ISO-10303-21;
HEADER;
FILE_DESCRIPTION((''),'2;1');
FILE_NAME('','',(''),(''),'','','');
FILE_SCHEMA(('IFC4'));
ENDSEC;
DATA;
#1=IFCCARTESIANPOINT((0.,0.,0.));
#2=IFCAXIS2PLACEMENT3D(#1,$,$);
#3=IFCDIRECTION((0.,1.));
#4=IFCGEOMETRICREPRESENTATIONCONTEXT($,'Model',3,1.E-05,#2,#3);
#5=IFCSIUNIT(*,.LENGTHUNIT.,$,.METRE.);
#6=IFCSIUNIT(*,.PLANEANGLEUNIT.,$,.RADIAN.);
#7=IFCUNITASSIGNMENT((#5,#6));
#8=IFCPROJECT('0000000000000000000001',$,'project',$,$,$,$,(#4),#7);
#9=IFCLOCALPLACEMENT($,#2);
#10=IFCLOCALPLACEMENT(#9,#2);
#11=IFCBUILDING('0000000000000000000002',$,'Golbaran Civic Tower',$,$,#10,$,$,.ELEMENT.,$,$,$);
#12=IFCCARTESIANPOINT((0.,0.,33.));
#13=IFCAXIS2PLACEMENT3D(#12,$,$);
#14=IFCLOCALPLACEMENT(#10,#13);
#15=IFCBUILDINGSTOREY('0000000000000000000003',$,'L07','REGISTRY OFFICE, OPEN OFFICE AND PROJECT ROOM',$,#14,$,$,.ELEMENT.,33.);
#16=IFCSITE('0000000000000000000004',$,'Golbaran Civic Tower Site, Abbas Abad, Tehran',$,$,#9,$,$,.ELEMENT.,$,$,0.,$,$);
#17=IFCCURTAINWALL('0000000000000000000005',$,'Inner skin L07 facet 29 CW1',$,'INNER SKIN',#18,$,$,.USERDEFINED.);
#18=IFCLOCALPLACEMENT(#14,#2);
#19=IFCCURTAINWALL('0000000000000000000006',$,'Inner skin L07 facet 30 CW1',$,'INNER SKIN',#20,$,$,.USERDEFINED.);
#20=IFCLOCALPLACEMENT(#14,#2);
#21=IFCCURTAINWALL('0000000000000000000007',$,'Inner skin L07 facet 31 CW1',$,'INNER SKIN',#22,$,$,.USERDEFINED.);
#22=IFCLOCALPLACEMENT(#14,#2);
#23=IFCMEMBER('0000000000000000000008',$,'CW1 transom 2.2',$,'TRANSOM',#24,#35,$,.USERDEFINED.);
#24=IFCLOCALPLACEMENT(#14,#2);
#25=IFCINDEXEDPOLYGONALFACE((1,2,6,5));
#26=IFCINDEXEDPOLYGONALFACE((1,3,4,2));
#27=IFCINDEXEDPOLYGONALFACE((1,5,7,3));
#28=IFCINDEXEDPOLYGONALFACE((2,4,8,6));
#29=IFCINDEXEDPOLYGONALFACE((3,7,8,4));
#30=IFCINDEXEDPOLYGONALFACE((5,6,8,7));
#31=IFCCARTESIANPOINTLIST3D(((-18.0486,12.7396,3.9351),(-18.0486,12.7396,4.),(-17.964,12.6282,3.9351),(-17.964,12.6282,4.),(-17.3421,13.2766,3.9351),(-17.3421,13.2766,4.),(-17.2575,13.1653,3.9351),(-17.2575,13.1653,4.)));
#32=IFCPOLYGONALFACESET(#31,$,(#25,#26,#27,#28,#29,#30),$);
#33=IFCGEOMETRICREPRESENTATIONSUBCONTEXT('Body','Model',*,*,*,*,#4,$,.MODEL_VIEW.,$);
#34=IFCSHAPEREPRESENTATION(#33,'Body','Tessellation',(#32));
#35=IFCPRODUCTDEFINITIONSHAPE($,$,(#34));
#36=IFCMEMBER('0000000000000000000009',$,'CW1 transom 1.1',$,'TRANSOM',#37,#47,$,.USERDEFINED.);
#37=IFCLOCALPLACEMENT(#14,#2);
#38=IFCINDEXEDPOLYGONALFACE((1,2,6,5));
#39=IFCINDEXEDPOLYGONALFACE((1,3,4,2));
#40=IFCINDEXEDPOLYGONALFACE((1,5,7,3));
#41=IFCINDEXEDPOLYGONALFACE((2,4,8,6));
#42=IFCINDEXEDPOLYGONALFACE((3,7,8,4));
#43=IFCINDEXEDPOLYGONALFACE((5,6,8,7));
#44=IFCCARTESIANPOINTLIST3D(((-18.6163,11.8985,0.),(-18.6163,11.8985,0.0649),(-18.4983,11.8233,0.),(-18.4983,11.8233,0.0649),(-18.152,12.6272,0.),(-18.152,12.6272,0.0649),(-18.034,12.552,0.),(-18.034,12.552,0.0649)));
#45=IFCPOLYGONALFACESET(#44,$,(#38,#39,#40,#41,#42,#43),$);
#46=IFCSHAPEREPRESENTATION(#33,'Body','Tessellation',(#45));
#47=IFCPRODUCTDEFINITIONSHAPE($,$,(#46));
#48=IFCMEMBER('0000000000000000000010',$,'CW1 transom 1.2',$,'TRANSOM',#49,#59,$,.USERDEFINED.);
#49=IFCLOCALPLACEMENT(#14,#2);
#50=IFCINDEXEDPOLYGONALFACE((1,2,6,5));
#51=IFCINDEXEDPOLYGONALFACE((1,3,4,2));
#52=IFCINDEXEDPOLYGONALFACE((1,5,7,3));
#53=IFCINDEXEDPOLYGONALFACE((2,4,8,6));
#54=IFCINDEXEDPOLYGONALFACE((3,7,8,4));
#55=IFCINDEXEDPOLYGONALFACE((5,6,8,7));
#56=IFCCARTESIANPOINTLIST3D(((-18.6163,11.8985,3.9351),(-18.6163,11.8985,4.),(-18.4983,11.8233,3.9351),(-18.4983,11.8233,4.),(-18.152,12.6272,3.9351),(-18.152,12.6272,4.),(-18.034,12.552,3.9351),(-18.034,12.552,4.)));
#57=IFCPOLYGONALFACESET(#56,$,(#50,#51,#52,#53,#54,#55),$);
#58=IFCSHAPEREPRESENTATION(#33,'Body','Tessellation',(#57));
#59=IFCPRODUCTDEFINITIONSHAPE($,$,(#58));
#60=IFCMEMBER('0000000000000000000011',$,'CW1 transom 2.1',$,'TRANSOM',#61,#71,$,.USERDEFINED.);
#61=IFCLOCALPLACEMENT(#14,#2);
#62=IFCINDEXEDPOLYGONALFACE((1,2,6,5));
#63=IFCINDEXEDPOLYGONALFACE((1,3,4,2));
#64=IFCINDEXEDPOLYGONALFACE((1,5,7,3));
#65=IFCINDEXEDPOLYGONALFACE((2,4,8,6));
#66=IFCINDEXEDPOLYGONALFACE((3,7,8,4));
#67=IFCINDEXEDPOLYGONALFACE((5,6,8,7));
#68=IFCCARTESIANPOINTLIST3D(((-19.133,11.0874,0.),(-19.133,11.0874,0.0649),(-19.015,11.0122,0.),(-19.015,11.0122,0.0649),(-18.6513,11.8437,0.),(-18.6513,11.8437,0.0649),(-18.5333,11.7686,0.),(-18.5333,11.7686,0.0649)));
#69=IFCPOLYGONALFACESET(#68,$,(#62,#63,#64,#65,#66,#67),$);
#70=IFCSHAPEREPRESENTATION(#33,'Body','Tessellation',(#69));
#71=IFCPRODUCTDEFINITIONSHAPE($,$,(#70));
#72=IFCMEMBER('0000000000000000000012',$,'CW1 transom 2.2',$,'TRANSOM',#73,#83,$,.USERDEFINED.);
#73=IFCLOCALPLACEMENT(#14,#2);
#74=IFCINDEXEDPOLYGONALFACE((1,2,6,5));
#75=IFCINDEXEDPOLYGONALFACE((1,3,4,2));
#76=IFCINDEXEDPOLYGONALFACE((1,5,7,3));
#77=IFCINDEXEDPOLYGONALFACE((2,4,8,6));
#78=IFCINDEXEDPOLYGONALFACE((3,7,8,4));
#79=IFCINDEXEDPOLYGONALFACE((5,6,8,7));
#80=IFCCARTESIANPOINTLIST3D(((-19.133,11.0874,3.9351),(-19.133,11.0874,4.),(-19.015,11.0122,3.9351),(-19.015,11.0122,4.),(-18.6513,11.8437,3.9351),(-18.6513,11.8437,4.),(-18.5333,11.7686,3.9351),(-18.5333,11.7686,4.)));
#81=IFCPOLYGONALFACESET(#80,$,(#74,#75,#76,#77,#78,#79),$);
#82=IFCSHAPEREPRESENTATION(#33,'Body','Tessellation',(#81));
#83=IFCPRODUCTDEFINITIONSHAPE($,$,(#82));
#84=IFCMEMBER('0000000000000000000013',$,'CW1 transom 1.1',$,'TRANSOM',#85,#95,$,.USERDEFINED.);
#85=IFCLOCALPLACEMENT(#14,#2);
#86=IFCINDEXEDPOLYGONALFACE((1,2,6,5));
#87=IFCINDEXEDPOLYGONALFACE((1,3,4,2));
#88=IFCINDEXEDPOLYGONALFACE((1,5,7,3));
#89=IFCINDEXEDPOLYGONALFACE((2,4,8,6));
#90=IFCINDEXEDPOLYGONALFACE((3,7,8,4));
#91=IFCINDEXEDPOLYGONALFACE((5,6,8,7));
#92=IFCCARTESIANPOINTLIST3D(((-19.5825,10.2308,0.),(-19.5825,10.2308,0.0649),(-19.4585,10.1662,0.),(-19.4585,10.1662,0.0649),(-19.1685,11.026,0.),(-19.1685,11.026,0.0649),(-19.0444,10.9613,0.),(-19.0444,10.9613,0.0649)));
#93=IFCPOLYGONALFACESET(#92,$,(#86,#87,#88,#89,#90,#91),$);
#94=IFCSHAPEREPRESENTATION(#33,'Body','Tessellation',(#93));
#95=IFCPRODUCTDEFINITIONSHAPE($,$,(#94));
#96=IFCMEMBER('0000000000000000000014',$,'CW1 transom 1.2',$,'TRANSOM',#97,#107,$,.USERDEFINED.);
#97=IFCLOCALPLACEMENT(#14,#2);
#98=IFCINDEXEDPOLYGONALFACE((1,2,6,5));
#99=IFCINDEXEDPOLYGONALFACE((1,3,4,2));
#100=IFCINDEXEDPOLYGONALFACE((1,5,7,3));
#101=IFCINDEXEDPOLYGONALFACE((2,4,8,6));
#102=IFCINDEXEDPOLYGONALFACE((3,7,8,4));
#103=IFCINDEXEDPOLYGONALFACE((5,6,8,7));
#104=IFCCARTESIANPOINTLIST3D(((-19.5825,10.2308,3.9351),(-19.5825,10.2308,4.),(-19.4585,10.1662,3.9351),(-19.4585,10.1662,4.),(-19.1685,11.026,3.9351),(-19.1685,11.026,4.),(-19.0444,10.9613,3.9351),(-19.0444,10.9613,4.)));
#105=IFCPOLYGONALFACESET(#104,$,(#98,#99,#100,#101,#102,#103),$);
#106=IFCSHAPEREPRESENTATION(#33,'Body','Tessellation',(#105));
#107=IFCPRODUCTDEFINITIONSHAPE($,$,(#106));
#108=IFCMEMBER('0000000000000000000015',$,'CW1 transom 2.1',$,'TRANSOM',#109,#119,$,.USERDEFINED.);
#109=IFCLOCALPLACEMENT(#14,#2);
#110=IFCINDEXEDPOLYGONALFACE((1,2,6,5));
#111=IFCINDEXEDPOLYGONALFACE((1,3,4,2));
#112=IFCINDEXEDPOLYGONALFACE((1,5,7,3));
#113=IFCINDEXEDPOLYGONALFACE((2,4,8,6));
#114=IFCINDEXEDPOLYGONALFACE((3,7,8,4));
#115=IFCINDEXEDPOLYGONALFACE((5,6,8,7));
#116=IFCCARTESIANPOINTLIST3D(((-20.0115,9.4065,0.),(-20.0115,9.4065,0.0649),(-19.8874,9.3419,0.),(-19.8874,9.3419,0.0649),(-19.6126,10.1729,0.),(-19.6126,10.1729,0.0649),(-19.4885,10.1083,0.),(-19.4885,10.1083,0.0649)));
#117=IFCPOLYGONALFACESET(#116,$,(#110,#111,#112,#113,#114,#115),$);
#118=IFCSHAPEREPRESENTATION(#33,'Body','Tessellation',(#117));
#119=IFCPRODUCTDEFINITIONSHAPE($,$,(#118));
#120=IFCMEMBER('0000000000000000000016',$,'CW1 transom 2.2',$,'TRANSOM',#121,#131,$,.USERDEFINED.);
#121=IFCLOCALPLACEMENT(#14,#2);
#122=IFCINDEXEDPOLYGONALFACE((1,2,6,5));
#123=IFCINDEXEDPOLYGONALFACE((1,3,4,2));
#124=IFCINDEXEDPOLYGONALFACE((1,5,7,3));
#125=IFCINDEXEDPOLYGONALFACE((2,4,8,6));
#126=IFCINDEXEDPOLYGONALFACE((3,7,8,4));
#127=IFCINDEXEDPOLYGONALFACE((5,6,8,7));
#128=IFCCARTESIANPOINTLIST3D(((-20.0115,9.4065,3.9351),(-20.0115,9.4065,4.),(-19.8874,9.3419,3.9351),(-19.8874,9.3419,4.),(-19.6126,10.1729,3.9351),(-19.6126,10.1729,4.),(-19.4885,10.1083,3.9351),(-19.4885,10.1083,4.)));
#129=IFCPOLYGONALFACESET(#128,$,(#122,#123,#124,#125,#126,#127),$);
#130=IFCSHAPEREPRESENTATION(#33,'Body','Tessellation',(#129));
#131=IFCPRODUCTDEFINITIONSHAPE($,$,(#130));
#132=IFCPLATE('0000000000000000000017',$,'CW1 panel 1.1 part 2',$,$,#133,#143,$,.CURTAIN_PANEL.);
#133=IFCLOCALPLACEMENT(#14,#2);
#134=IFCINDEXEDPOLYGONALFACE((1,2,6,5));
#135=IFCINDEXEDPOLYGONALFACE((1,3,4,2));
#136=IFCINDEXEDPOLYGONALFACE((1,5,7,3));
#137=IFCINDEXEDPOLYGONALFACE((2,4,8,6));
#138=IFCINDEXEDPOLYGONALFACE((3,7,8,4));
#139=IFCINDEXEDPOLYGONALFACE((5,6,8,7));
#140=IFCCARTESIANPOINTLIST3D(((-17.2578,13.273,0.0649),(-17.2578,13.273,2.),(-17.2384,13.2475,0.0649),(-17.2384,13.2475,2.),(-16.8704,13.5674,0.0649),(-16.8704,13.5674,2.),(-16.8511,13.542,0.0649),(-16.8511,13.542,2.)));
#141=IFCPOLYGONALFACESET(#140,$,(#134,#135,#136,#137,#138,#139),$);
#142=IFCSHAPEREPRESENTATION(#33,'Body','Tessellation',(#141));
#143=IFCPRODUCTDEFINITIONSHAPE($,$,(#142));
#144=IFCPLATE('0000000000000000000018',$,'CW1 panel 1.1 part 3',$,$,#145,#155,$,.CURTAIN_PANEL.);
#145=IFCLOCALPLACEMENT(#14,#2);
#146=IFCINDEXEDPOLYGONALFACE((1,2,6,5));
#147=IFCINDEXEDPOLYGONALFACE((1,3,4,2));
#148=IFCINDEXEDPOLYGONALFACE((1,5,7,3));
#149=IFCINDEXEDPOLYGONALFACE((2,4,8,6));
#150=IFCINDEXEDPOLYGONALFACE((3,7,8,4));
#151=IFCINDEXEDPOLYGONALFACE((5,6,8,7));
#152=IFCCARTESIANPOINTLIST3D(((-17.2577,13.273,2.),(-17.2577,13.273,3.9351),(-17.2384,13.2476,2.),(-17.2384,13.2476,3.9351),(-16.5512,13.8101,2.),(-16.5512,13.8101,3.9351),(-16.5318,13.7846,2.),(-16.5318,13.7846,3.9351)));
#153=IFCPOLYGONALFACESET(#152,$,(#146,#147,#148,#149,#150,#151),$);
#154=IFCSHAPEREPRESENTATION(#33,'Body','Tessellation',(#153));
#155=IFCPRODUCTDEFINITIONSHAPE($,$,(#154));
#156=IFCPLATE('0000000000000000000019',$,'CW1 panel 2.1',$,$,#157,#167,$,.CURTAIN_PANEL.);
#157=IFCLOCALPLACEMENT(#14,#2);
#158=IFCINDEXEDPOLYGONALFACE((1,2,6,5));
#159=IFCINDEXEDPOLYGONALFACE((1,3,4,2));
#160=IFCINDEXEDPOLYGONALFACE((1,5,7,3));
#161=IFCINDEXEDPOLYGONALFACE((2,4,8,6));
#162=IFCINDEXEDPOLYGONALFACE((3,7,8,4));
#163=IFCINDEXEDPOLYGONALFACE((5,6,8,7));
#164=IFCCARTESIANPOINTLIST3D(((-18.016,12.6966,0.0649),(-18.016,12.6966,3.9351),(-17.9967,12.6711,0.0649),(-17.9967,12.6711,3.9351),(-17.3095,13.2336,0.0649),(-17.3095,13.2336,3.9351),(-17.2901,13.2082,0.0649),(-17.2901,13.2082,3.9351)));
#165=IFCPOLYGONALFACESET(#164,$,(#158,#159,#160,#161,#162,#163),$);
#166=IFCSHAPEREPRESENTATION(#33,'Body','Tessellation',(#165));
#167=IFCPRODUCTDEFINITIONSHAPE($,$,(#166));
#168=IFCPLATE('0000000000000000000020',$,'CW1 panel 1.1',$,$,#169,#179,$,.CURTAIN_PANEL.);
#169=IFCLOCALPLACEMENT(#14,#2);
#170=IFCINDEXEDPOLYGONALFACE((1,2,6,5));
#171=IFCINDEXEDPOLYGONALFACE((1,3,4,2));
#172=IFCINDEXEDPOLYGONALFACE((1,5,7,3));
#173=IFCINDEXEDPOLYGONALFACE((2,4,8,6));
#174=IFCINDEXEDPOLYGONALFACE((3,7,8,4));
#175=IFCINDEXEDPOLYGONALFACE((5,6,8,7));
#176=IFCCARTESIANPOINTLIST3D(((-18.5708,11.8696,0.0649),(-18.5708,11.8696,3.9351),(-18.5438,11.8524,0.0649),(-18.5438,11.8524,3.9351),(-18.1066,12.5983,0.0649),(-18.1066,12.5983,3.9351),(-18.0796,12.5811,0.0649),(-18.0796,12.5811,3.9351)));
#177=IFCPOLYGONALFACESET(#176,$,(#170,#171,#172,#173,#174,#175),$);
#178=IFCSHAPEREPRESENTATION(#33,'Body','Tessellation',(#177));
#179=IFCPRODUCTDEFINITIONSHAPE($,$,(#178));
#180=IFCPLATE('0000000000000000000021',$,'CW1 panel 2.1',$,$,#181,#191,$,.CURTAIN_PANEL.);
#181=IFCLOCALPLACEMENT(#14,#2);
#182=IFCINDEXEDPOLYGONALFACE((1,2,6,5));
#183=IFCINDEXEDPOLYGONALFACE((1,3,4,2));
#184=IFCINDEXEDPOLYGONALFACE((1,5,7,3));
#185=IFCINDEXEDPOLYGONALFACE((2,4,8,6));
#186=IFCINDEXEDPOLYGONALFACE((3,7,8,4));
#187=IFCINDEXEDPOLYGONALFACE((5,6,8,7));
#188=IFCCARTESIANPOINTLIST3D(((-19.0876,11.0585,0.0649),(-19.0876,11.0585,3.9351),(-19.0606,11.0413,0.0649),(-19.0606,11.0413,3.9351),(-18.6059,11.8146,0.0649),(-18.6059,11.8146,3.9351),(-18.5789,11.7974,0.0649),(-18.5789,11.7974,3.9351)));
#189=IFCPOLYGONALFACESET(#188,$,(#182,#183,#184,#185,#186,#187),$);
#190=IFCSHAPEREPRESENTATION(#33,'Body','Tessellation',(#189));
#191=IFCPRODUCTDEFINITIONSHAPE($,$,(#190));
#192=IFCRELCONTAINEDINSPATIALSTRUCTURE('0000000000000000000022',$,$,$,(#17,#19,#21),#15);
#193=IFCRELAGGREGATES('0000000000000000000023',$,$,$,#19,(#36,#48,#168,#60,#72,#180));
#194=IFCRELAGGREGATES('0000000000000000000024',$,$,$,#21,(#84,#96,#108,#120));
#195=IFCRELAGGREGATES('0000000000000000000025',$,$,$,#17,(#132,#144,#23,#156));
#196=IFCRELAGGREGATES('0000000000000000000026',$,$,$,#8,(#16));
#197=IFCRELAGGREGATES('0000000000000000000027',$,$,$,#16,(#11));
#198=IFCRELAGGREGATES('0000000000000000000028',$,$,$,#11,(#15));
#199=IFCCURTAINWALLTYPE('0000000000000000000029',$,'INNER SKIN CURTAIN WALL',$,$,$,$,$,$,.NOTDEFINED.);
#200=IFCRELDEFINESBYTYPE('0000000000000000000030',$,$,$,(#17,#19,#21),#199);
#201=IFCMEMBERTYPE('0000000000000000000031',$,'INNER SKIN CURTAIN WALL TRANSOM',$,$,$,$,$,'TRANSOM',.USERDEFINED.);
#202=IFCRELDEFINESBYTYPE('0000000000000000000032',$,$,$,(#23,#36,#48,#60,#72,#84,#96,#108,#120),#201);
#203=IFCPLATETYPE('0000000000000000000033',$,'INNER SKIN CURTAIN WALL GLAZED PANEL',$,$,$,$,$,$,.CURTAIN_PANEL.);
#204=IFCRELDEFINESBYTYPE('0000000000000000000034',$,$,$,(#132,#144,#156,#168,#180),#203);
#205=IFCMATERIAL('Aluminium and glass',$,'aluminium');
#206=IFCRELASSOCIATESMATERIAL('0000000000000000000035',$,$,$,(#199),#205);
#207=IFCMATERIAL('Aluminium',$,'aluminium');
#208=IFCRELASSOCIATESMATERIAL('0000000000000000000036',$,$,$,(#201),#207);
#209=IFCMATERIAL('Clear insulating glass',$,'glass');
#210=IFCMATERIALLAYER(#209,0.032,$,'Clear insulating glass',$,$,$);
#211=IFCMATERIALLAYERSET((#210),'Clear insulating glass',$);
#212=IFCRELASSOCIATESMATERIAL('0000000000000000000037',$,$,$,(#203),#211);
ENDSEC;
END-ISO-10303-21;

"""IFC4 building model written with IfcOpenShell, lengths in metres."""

from ifc_helpers import new_model, si_unit, direction, frame, origin, origin_2d, place, context, subcontext, project, spatial, rectangle, extrude, material, layer, layer_set, material_profile, profile_set, type_object, element, aggregate, save


model = new_model("IFC4")

# Units and contexts
model_context = context("Model", 3, precision=1e-05, world=origin(), true_north=direction((0.0, 1.0)))
body_context = subcontext(model_context, "Body", "Model", "MODEL_VIEW")
ifc_project = project(units=[si_unit("LENGTHUNIT", "METRE"), si_unit("PLANEANGLEUNIT", "RADIAN")], contexts=[model_context])

# Site, building, storey
site_placement = place(None, origin())
site = spatial("IfcSite", under=ifc_project, at=site_placement, Name="Golbaran Civic Tower Site, Abbas Abad, Tehran", CompositionType="ELEMENT", RefElevation=0.0)
building_placement = place(site_placement, origin())
building = spatial("IfcBuilding", under=site, at=building_placement, Name="Golbaran Civic Tower", CompositionType="ELEMENT")
storey_placement = place(building_placement, frame((0.0, 0.0, 33.0)))
storey = spatial("IfcBuildingStorey", under=building, at=storey_placement, Name="L07", Description="REGISTRY OFFICE, OPEN OFFICE AND PROJECT ROOM", CompositionType="ELEMENT", Elevation=33.0)

# Curtain walls
ifc_material_1 = material(Name="Aluminium and glass", Category="aluminium")
curtain_wall_type = type_object("IfcCurtainWallType", Name="INNER SKIN CURTAIN WALL", PredefinedType="NOTDEFINED", material=ifc_material_1)
curtain_wall_1_placement = place(storey_placement, origin())
curtain_wall_1 = element("IfcCurtainWall", 1, at=curtain_wall_1_placement, inside=storey, type_object=curtain_wall_type, Name="Inner skin L07 facet 29 CW1", ObjectType="INNER SKIN", PredefinedType="USERDEFINED")
ifc_material_2 = material(Name="Aluminium", Category="aluminium")
curtain_wall_2_placement = place(storey_placement, origin())
curtain_wall_2 = element("IfcCurtainWall", 2, at=curtain_wall_2_placement, inside=storey, type_object=curtain_wall_type, Name="Inner skin L07 facet 30 CW1", ObjectType="INNER SKIN", PredefinedType="USERDEFINED")
curtain_wall_3_placement = place(storey_placement, origin())
curtain_wall_3 = element("IfcCurtainWall", 3, at=curtain_wall_3_placement, inside=storey, type_object=curtain_wall_type, Name="Inner skin L07 facet 31 CW1", ObjectType="INNER SKIN", PredefinedType="USERDEFINED")

# Members
ifc_material_profile_1 = material_profile(ifc_material_2, rectangle(XDim=0.1399, YDim=0.0649, at=origin_2d()), Name="INNER SKIN CURTAIN WALL TRANSOM")
ifc_profile_set_1 = profile_set([ifc_material_profile_1], Name="Aluminium")
member_type_1 = type_object("IfcMemberType", Name="INNER SKIN CURTAIN WALL TRANSOM", ElementType="TRANSOM", PredefinedType="USERDEFINED", material=ifc_profile_set_1)
member_1_placement = place(storey_placement, frame((-17.2998, 13.2209, 3.9675), z_axis=(-0.796088, -0.605181, 0.0), x_axis=(0.605181, -0.796088, 0.0)))
member_1 = element("IfcMember", 4, at=member_1_placement, type_object=member_type_1, Name="CW1 transom 2.2", ObjectType="TRANSOM", PredefinedType="USERDEFINED", context=body_context, shape_type="SweptSolid", body=[
    extrude(rectangle(XDim=0.1399, YDim=0.0649, at=origin_2d()), origin(), (0.0, 0.0, 1.0), 0.8875),
])
member_2_placement = place(storey_placement, frame((-18.093, 12.5896, 0.0325), z_axis=(-0.537369, -0.843347, 0.0), x_axis=(0.843347, -0.537369, 0.0)))
member_2 = element("IfcMember", 5, at=member_2_placement, type_object=member_type_1, Name="CW1 transom 1.1", ObjectType="TRANSOM", PredefinedType="USERDEFINED", context=body_context, shape_type="SweptSolid", body=[
    extrude(rectangle(XDim=0.1399, YDim=0.0649, at=origin_2d()), origin(), (0.0, 0.0, 1.0), 0.864),
])
member_3_placement = place(storey_placement, frame((-18.093, 12.5896, 3.9675), z_axis=(-0.537369, -0.843347, 0.0), x_axis=(0.843347, -0.537369, 0.0)))
member_3 = element("IfcMember", 6, at=member_3_placement, type_object=member_type_1, Name="CW1 transom 1.2", ObjectType="TRANSOM", PredefinedType="USERDEFINED", context=body_context, shape_type="SweptSolid", body=[
    extrude(rectangle(XDim=0.1399, YDim=0.0649, at=origin_2d()), origin(), (0.0, 0.0, 1.0), 0.864),
])
member_4_placement = place(storey_placement, frame((-18.5923, 11.8062, 0.0325), z_axis=(-0.537175, -0.843471, 0.0), x_axis=(0.843471, -0.537175, 0.0)))
member_4 = element("IfcMember", 7, at=member_4_placement, type_object=member_type_1, Name="CW1 transom 2.1", ObjectType="TRANSOM", PredefinedType="USERDEFINED", context=body_context, shape_type="SweptSolid", body=[
    extrude(rectangle(XDim=0.1399, YDim=0.0649, at=origin_2d()), origin(), (0.0, 0.0, 1.0), 0.8967),
])
member_5_placement = place(storey_placement, frame((-18.5923, 11.8062, 3.9675), z_axis=(-0.537175, -0.843471, 0.0), x_axis=(0.843471, -0.537175, 0.0)))
member_5 = element("IfcMember", 8, at=member_5_placement, type_object=member_type_1, Name="CW1 transom 2.2", ObjectType="TRANSOM", PredefinedType="USERDEFINED", context=body_context, shape_type="SweptSolid", body=[
    extrude(rectangle(XDim=0.1399, YDim=0.0649, at=origin_2d()), origin(), (0.0, 0.0, 1.0), 0.8967),
])
member_6_placement = place(storey_placement, frame((-19.1064, 10.9937, 0.0325), z_axis=(-0.461859, -0.886954, 0.0), x_axis=(0.886954, -0.461859, 0.0)))
member_6 = element("IfcMember", 9, at=member_6_placement, type_object=member_type_1, Name="CW1 transom 1.1", ObjectType="TRANSOM", PredefinedType="USERDEFINED", context=body_context, shape_type="SweptSolid", body=[
    extrude(rectangle(XDim=0.1399, YDim=0.0649, at=origin_2d()), origin(), (0.0, 0.0, 1.0), 0.8965),
])
member_7_placement = place(storey_placement, frame((-19.1064, 10.9937, 3.9675), z_axis=(-0.461859, -0.886954, 0.0), x_axis=(0.886954, -0.461859, 0.0)))
member_7 = element("IfcMember", 10, at=member_7_placement, type_object=member_type_1, Name="CW1 transom 1.2", ObjectType="TRANSOM", PredefinedType="USERDEFINED", context=body_context, shape_type="SweptSolid", body=[
    extrude(rectangle(XDim=0.1399, YDim=0.0649, at=origin_2d()), origin(), (0.0, 0.0, 1.0), 0.8965),
])
member_8_placement = place(storey_placement, frame((-19.5505, 10.1406, 0.0325), z_axis=(-0.461735, -0.887018, 0.0), x_axis=(0.887018, -0.461735, 0.0)))
member_8 = element("IfcMember", 11, at=member_8_placement, type_object=member_type_1, Name="CW1 transom 2.1", ObjectType="TRANSOM", PredefinedType="USERDEFINED", context=body_context, shape_type="SweptSolid", body=[
    extrude(rectangle(XDim=0.1399, YDim=0.0649, at=origin_2d()), origin(), (0.0, 0.0, 1.0), 0.864),
])
member_9_placement = place(storey_placement, frame((-19.5505, 10.1406, 3.9675), z_axis=(-0.461735, -0.887018, 0.0), x_axis=(0.887018, -0.461735, 0.0)))
member_9 = element("IfcMember", 12, at=member_9_placement, type_object=member_type_1, Name="CW1 transom 2.2", ObjectType="TRANSOM", PredefinedType="USERDEFINED", context=body_context, shape_type="SweptSolid", body=[
    extrude(rectangle(XDim=0.1399, YDim=0.0649, at=origin_2d()), origin(), (0.0, 0.0, 1.0), 0.864),
])

# Plates
ifc_material_3 = material(Name="Clear insulating glass", Category="glass")
ifc_layer_1 = layer(ifc_material_3, 0.032, Name="Clear insulating glass")
ifc_layer_set_1 = layer_set([ifc_layer_1], Name="Clear insulating glass")
plate_type_1 = type_object("IfcPlateType", Name="INNER SKIN CURTAIN WALL GLAZED PANEL", PredefinedType="CURTAIN_PANEL", material=ifc_layer_set_1)
plate_1_placement = place(storey_placement, frame((-17.0544, 13.4075, 0.0649), z_axis=(0.0, 0.0, 1.0), x_axis=(-0.796108, -0.605154, 0.0)))
plate_1 = element("IfcPlate", 13, at=plate_1_placement, type_object=plate_type_1, Name="CW1 panel 1.1 part 2", PredefinedType="CURTAIN_PANEL", context=body_context, shape_type="SweptSolid", body=[
    extrude(rectangle(XDim=0.4866, YDim=0.032, at=origin_2d()), origin(), (0.0, 0.0, 1.0), 1.9351),
])
plate_2_placement = place(storey_placement, frame((-16.8948, 13.5288, 2.0), z_axis=(0.0, 0.0, 1.0), x_axis=(-0.796108, -0.605154, 0.0)))
plate_2 = element("IfcPlate", 14, at=plate_2_placement, type_object=plate_type_1, Name="CW1 panel 1.1 part 3", PredefinedType="CURTAIN_PANEL", context=body_context, shape_type="SweptSolid", body=[
    extrude(rectangle(XDim=0.8875, YDim=0.032, at=origin_2d()), origin(), (0.0, 0.0, 1.0), 1.9351),
])
plate_3_placement = place(storey_placement, frame((-17.6531, 12.9524, 0.0649), z_axis=(0.0, 0.0, 1.0), x_axis=(-0.796108, -0.605154, 0.0)))
plate_3 = element("IfcPlate", 15, at=plate_3_placement, type_object=plate_type_1, Name="CW1 panel 2.1", PredefinedType="CURTAIN_PANEL", context=body_context, shape_type="SweptSolid", body=[
    extrude(rectangle(XDim=0.8875, YDim=0.032, at=origin_2d()), origin(), (0.0, 0.0, 1.0), 3.8701),
])
plate_4_placement = place(storey_placement, frame((-18.3252, 12.2253, 0.0649), z_axis=(0.0, 0.0, 1.0), x_axis=(-0.5373, -0.843391, 0.0)))
plate_4 = element("IfcPlate", 16, at=plate_4_placement, type_object=plate_type_1, Name="CW1 panel 1.1", PredefinedType="CURTAIN_PANEL", context=body_context, shape_type="SweptSolid", body=[
    extrude(rectangle(XDim=0.864, YDim=0.032, at=origin_2d()), origin(), (0.0, 0.0, 1.0), 3.8701),
])
plate_5_placement = place(storey_placement, frame((-18.8333, 11.428, 0.0649), z_axis=(0.0, 0.0, 1.0), x_axis=(-0.5373, -0.843391, 0.0)))
plate_5 = element("IfcPlate", 17, at=plate_5_placement, type_object=plate_type_1, Name="CW1 panel 2.1", PredefinedType="CURTAIN_PANEL", context=body_context, shape_type="SweptSolid", body=[
    extrude(rectangle(XDim=0.8965, YDim=0.032, at=origin_2d()), origin(), (0.0, 0.0, 1.0), 3.8701),
])
aggregate(curtain_wall_2, [member_2, member_3, plate_4, member_4, member_5, plate_5])
aggregate(curtain_wall_3, [member_6, member_7, member_8, member_9])
aggregate(curtain_wall_1, [plate_1, plate_2, member_1, plate_3])

save(model, "model.ifc")
